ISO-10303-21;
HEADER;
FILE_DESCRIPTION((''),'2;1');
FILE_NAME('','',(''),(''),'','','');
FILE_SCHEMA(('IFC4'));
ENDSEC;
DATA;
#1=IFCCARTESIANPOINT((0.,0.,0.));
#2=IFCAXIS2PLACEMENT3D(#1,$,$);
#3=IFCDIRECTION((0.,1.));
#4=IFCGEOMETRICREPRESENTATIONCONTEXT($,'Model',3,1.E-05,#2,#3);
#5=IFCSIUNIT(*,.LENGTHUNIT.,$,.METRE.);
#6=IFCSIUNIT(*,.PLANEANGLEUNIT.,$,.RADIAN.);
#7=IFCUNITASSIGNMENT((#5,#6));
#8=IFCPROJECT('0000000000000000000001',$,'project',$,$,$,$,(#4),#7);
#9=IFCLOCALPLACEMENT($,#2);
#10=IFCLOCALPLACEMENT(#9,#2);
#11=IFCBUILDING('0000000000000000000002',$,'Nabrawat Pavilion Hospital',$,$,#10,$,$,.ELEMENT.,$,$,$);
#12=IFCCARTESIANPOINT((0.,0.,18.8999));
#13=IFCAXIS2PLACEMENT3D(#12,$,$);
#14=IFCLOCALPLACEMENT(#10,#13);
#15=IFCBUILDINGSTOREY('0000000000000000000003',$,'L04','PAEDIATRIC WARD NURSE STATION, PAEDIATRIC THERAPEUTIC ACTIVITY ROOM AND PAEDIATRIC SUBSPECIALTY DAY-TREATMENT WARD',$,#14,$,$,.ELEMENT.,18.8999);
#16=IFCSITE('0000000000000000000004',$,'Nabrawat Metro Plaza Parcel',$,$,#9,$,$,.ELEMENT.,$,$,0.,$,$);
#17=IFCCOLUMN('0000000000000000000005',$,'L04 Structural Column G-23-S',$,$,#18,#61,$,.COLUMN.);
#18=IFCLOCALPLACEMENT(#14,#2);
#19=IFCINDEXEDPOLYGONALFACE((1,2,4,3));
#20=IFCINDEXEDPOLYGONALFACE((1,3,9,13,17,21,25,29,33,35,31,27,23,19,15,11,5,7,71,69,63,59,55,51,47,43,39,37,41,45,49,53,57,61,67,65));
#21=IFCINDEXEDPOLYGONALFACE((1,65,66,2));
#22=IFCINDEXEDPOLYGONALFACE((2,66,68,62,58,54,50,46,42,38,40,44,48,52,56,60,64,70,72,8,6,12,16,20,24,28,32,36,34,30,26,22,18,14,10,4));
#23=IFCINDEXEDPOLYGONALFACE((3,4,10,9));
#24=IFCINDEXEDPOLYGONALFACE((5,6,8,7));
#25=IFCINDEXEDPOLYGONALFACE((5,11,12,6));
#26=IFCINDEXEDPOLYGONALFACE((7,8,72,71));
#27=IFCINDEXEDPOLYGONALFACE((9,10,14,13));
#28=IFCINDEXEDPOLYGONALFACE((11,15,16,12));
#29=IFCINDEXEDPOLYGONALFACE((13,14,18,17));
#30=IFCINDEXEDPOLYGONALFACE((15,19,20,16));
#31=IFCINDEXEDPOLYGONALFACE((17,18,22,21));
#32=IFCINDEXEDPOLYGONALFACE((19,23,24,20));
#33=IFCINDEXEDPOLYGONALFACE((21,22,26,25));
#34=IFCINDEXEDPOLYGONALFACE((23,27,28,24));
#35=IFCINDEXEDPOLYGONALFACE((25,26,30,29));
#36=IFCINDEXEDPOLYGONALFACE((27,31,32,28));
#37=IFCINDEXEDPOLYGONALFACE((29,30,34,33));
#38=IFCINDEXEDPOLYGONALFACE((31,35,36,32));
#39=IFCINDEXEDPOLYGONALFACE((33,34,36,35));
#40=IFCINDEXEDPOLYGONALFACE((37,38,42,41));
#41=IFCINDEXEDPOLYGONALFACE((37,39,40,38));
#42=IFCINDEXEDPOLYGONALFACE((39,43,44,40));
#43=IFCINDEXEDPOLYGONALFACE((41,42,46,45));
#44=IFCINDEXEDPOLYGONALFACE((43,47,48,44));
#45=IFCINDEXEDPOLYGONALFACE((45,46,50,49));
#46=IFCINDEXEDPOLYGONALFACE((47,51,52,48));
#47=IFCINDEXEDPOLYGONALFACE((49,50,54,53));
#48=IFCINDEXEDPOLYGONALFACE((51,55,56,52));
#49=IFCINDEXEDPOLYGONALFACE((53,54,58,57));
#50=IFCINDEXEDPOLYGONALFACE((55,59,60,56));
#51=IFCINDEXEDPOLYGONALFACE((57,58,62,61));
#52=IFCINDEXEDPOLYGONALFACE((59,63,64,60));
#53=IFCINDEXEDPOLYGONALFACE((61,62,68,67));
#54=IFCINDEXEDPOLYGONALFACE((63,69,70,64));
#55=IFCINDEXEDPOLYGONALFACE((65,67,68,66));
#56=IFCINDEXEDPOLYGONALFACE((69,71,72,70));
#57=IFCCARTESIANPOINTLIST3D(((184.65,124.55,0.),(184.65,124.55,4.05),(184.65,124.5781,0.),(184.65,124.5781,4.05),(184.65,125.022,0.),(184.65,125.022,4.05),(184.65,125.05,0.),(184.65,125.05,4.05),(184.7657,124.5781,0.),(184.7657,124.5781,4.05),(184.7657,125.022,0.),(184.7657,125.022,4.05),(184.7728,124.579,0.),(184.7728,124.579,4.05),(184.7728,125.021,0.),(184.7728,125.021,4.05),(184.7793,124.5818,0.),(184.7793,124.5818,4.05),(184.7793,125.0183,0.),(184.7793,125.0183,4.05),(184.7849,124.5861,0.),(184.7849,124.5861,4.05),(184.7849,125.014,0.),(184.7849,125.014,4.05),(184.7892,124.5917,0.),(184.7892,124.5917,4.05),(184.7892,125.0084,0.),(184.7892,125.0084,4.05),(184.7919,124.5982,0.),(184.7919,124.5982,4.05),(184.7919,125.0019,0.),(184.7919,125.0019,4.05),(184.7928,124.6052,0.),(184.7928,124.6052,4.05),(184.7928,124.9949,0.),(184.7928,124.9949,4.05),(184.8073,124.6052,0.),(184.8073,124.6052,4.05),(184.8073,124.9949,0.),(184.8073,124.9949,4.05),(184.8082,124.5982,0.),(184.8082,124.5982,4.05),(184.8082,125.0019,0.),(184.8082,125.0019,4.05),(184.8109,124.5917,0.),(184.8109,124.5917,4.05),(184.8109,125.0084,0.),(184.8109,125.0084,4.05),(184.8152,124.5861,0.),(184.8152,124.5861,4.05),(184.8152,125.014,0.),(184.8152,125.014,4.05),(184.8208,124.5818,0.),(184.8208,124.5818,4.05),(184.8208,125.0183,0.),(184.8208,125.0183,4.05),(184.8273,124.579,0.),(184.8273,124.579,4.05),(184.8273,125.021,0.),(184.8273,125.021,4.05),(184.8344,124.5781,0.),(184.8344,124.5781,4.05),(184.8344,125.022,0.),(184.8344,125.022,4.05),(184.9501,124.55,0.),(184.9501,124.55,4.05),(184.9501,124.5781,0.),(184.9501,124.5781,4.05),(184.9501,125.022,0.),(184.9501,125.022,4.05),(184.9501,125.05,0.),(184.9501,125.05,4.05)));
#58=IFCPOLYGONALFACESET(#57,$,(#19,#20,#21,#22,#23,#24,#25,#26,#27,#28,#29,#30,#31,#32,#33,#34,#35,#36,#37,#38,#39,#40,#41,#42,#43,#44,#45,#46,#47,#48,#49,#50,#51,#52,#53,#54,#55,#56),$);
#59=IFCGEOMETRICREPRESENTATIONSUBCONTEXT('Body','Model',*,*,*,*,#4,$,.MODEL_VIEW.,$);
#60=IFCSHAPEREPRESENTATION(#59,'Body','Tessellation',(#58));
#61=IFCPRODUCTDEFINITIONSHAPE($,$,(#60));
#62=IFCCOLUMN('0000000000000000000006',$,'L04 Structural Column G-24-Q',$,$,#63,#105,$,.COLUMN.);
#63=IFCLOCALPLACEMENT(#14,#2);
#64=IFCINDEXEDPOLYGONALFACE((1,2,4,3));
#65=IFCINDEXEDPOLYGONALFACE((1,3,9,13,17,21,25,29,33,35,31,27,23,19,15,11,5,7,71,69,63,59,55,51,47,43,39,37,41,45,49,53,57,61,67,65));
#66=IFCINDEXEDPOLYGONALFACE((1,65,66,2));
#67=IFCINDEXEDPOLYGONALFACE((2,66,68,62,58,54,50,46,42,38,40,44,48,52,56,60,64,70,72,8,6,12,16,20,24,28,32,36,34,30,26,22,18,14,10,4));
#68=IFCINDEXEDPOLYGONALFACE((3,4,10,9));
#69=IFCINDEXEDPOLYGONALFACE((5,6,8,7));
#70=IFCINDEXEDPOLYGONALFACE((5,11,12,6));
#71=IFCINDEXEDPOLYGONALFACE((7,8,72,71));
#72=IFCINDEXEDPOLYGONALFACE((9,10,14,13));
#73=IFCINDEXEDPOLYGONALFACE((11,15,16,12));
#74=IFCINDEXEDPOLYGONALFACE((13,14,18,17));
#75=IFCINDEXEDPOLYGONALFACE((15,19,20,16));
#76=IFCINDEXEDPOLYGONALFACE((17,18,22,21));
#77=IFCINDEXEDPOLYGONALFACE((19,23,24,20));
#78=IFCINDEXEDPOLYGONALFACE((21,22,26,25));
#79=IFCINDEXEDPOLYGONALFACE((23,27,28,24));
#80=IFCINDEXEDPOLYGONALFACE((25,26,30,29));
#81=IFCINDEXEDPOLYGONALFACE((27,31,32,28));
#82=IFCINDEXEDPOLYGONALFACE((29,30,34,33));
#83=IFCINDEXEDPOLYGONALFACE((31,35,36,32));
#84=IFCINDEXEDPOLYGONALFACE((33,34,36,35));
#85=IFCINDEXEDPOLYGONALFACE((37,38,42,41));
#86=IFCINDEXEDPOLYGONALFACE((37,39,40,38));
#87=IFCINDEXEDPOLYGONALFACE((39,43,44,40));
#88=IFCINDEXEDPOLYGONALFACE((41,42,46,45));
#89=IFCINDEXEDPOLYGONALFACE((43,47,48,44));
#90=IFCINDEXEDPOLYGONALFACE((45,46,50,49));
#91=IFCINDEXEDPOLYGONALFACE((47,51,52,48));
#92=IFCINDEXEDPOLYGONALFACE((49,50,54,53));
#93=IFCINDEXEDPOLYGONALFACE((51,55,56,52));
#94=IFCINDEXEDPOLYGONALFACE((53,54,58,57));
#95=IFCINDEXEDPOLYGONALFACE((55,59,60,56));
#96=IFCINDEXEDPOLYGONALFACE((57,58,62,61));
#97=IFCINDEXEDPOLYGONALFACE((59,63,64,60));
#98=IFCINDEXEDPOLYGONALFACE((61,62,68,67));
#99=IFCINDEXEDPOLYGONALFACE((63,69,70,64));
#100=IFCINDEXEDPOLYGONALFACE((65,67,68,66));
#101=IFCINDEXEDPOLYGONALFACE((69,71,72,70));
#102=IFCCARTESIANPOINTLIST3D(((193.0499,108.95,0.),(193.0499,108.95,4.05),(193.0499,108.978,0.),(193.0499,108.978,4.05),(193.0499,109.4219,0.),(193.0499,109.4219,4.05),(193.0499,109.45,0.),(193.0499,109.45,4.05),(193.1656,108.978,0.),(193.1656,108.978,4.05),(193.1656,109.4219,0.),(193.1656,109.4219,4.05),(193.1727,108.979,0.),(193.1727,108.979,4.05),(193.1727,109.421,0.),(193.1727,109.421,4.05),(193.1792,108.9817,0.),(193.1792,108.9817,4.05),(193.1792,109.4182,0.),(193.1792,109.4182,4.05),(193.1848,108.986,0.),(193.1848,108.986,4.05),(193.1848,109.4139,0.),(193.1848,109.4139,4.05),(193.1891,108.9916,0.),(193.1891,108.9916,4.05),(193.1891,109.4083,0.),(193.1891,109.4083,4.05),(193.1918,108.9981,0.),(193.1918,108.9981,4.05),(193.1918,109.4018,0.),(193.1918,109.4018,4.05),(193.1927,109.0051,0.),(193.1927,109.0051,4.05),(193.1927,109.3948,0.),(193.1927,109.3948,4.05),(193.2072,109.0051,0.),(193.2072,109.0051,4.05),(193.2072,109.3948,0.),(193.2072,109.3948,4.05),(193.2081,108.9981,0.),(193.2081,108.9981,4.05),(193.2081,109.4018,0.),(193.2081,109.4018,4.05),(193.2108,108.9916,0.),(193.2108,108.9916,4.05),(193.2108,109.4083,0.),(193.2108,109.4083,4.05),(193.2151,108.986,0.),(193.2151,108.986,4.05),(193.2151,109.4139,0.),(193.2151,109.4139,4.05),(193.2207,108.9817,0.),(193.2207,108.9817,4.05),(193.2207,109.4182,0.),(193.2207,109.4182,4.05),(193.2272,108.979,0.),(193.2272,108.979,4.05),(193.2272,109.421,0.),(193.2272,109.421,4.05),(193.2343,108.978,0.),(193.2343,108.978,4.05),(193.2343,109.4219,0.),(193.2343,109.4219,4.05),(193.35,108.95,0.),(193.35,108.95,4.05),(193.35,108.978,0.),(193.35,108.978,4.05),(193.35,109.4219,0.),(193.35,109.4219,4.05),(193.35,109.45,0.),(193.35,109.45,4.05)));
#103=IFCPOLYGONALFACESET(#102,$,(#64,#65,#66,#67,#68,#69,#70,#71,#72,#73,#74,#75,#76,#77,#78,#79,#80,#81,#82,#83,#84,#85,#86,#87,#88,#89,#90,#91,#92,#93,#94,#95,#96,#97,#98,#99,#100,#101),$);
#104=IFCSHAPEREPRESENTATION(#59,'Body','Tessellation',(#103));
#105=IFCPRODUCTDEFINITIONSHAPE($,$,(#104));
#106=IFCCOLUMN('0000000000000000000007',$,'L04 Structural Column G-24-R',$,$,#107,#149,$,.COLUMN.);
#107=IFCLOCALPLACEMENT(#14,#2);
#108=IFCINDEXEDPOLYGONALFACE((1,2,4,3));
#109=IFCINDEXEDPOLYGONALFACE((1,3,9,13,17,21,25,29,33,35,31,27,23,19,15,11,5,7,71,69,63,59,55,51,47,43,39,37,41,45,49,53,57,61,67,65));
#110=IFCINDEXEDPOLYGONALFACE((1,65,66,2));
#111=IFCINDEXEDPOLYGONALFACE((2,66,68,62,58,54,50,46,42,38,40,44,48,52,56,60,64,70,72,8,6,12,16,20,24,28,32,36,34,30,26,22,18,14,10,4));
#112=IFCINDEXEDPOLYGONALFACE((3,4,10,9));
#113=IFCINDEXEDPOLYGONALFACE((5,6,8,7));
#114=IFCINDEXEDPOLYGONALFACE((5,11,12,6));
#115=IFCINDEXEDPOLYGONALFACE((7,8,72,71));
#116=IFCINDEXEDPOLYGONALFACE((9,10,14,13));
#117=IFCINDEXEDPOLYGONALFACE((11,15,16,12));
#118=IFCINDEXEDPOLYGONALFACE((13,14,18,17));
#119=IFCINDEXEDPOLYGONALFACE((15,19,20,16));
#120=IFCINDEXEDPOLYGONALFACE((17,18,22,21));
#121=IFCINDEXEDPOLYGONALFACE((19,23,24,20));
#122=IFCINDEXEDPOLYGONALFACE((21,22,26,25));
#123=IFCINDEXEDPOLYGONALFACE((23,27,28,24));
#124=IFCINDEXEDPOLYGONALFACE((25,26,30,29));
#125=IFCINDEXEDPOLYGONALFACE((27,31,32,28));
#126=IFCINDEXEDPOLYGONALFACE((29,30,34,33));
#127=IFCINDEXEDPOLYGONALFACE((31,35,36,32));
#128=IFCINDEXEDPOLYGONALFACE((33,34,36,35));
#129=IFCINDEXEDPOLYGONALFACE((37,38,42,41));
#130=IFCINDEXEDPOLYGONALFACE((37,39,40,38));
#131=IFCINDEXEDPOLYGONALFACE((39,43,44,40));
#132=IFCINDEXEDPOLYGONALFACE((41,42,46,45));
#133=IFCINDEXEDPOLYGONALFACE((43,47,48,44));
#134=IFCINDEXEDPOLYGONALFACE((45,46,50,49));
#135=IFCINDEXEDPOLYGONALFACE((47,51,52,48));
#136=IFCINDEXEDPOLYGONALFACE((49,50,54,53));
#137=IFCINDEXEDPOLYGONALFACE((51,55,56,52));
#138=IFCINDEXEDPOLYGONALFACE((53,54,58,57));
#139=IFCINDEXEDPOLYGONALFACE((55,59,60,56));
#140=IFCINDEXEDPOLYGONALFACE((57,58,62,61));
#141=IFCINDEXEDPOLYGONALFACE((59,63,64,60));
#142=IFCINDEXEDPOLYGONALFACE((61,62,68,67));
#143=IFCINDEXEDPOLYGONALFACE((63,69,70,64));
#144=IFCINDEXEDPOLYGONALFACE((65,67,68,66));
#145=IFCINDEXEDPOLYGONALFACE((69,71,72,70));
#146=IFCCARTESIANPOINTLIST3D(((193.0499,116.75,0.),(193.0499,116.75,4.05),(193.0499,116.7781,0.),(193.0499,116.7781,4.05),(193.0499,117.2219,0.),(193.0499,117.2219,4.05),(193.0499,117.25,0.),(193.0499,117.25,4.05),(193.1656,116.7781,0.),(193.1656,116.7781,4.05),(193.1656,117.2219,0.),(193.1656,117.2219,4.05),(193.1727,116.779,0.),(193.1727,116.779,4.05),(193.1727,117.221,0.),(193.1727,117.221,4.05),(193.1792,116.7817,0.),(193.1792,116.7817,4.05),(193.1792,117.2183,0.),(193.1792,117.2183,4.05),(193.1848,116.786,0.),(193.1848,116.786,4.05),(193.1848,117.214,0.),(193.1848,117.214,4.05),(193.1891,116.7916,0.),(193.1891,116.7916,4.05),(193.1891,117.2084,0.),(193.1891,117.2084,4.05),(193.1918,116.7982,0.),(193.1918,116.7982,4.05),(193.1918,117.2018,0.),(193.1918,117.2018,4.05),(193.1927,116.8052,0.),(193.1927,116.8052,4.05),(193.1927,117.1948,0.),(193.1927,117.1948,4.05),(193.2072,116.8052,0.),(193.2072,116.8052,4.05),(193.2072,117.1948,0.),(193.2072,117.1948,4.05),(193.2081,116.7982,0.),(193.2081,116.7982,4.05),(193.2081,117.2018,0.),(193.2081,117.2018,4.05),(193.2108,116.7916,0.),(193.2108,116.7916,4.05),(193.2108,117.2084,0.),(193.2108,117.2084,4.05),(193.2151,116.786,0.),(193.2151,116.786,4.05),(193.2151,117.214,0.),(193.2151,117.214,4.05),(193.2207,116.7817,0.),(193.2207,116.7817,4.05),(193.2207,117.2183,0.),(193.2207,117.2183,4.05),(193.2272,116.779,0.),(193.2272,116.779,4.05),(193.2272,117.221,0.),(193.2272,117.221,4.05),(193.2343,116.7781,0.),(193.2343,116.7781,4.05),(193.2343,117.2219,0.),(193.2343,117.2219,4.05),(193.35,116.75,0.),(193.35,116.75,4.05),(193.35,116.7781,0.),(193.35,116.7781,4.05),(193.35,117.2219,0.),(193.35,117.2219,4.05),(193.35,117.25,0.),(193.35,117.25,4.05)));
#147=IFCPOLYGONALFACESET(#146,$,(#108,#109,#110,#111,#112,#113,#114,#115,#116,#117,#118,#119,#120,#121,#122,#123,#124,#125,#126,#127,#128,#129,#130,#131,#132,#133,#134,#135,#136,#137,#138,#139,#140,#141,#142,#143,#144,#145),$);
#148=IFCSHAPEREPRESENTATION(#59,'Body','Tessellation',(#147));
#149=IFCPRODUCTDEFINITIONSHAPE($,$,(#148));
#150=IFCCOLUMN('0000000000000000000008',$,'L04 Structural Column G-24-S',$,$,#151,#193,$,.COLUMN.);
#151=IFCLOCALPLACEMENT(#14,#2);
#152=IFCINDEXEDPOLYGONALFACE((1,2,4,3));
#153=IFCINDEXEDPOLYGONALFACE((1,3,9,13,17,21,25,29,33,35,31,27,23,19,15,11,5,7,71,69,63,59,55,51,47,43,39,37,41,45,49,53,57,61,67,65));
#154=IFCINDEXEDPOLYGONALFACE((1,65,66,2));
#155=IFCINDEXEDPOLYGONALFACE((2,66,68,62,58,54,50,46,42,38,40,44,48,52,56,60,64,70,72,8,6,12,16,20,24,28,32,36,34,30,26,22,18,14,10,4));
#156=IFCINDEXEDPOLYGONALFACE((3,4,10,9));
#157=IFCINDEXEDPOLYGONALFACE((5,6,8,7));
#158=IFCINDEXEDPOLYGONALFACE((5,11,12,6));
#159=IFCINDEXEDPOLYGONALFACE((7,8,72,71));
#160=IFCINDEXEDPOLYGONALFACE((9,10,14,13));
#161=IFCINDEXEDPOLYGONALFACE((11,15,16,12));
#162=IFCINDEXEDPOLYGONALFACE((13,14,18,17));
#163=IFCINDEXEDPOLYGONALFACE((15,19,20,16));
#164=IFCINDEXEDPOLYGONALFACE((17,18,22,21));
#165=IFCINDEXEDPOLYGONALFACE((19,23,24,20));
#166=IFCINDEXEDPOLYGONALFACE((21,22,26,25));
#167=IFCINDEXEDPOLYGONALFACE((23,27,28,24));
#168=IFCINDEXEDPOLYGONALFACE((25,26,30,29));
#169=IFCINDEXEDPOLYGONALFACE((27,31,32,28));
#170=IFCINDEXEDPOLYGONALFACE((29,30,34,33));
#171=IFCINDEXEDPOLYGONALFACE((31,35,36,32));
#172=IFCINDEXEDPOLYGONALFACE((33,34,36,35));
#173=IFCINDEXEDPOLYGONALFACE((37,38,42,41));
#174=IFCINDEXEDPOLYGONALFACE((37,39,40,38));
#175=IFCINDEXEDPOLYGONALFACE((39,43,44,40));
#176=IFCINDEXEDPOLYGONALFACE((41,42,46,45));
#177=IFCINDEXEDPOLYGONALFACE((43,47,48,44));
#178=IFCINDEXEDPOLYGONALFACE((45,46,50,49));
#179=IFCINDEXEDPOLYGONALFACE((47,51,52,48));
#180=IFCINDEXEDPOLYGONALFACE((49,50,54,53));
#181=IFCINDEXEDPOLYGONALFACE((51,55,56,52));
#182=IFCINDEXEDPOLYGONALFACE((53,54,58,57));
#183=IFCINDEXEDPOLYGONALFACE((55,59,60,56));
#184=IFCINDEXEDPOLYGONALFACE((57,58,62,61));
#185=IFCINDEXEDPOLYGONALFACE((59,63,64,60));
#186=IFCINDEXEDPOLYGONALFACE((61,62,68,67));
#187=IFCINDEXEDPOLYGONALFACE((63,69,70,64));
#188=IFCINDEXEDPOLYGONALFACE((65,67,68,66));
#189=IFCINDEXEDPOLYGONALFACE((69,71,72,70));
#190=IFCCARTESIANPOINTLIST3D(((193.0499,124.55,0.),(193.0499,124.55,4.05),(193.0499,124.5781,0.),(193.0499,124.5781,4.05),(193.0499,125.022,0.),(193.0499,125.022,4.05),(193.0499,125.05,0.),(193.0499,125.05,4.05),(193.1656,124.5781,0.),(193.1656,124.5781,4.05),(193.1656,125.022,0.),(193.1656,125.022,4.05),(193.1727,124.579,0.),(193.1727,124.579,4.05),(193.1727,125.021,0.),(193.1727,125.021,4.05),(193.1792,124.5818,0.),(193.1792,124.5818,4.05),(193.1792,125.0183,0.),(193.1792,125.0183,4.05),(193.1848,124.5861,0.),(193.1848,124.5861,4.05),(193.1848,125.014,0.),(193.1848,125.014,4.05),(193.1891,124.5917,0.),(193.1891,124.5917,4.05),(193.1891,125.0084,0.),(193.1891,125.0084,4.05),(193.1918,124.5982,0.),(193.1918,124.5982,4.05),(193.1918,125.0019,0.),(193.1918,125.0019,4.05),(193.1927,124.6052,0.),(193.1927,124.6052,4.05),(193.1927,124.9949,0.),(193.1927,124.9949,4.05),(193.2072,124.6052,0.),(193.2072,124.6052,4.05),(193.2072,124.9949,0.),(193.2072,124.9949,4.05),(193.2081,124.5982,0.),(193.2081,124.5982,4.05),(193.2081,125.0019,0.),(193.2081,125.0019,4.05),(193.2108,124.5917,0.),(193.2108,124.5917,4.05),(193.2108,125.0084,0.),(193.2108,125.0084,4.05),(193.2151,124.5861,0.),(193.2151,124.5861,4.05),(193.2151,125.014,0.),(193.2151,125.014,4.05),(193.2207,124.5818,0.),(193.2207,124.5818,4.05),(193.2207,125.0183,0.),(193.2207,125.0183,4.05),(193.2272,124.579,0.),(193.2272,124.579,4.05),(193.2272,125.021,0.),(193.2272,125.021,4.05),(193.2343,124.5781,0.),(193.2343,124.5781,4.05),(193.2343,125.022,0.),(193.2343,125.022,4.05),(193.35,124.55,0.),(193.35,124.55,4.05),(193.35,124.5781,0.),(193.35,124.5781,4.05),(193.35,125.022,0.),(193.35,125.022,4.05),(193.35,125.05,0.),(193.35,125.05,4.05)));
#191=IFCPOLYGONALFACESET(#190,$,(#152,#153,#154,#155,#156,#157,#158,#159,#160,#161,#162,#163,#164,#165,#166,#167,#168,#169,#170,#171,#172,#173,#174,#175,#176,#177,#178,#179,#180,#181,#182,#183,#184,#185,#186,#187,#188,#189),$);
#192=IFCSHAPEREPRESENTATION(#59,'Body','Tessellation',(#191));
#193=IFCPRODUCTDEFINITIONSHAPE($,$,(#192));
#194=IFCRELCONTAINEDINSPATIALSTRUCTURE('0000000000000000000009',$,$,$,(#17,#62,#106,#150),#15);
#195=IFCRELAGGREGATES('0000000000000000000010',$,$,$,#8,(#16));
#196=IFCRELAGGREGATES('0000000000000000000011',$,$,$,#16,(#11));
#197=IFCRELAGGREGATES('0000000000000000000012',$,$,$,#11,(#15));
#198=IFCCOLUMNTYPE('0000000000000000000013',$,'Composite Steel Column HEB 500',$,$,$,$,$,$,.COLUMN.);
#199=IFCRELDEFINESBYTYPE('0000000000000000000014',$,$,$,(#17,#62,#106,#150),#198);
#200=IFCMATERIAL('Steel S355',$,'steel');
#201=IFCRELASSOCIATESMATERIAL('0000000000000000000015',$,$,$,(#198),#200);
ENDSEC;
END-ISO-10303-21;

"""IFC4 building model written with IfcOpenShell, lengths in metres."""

from ifc_helpers import new_model, si_unit, direction, frame, origin, origin_2d, place, context, subcontext, project, spatial, i_section, extrude, material, material_profile, profile_set, type_object, element, save


model = new_model("IFC4")

# Units and contexts
model_context = context("Model", 3, precision=1e-05, world=origin(), true_north=direction((0.0, 1.0)))
body_context = subcontext(model_context, "Body", "Model", "MODEL_VIEW")
ifc_project = project(units=[si_unit("LENGTHUNIT", "METRE"), si_unit("PLANEANGLEUNIT", "RADIAN")], contexts=[model_context])

# Site, building, storey
site_placement = place(None, origin())
site = spatial("IfcSite", under=ifc_project, at=site_placement, Name="Nabrawat Metro Plaza Parcel", CompositionType="ELEMENT", RefElevation=0.0)
building_placement = place(site_placement, origin())
building = spatial("IfcBuilding", under=site, at=building_placement, Name="Nabrawat Pavilion Hospital", CompositionType="ELEMENT")
storey_placement = place(building_placement, frame((0.0, 0.0, 18.8999)))
storey = spatial("IfcBuildingStorey", under=building, at=storey_placement, Name="L04", Description="PAEDIATRIC WARD NURSE STATION, PAEDIATRIC THERAPEUTIC ACTIVITY ROOM AND PAEDIATRIC SUBSPECIALTY DAY-TREATMENT WARD", CompositionType="ELEMENT", Elevation=18.8999)

# Columns
ifc_material_1 = material(Name="Steel S355", Category="steel")
ifc_material_profile_1 = material_profile(ifc_material_1, i_section(OverallWidth=0.3, OverallDepth=0.5, WebThickness=0.0144, FlangeThickness=0.0281, FilletRadius=0.0271, at=origin_2d()), Name="HEB 500")
ifc_profile_set_1 = profile_set([ifc_material_profile_1], Name="Steel S355")
column_type = type_object("IfcColumnType", Name="Composite Steel Column HEB 500", PredefinedType="COLUMN", material=ifc_profile_set_1)
for number, where, z_axis, x_axis, name in (
    (1, (184.8, 124.8, 0.0), (0.0, 0.0, 1.0), (1.0, 0.0, 0.0), "L04 Structural Column G-23-S"),
    (2, (193.2, 109.2, 0.0), (0.0, 0.0, 1.0), (1.0, 0.0, 0.0), "L04 Structural Column G-24-Q"),
    (3, (193.2, 117.0, 0.0), (0.0, 0.0, 1.0), (1.0, 0.0, 0.0), "L04 Structural Column G-24-R"),
    (4, (193.2, 124.8, 0.0), (0.0, 0.0, 1.0), (1.0, 0.0, 0.0), "L04 Structural Column G-24-S"),
):
    element("IfcColumn", number, at=place(storey_placement, frame(where, z_axis=z_axis, x_axis=x_axis)), inside=storey, type_object=column_type, Name=name, PredefinedType="COLUMN", context=body_context, shape_type="SweptSolid", body=[
        extrude(i_section(OverallWidth=0.3, OverallDepth=0.5, WebThickness=0.0144, FlangeThickness=0.0281, FilletRadius=0.0271, at=origin_2d()), origin(), (0.0, 0.0, 1.0), 4.05),
    ])

save(model, "model.ifc")
